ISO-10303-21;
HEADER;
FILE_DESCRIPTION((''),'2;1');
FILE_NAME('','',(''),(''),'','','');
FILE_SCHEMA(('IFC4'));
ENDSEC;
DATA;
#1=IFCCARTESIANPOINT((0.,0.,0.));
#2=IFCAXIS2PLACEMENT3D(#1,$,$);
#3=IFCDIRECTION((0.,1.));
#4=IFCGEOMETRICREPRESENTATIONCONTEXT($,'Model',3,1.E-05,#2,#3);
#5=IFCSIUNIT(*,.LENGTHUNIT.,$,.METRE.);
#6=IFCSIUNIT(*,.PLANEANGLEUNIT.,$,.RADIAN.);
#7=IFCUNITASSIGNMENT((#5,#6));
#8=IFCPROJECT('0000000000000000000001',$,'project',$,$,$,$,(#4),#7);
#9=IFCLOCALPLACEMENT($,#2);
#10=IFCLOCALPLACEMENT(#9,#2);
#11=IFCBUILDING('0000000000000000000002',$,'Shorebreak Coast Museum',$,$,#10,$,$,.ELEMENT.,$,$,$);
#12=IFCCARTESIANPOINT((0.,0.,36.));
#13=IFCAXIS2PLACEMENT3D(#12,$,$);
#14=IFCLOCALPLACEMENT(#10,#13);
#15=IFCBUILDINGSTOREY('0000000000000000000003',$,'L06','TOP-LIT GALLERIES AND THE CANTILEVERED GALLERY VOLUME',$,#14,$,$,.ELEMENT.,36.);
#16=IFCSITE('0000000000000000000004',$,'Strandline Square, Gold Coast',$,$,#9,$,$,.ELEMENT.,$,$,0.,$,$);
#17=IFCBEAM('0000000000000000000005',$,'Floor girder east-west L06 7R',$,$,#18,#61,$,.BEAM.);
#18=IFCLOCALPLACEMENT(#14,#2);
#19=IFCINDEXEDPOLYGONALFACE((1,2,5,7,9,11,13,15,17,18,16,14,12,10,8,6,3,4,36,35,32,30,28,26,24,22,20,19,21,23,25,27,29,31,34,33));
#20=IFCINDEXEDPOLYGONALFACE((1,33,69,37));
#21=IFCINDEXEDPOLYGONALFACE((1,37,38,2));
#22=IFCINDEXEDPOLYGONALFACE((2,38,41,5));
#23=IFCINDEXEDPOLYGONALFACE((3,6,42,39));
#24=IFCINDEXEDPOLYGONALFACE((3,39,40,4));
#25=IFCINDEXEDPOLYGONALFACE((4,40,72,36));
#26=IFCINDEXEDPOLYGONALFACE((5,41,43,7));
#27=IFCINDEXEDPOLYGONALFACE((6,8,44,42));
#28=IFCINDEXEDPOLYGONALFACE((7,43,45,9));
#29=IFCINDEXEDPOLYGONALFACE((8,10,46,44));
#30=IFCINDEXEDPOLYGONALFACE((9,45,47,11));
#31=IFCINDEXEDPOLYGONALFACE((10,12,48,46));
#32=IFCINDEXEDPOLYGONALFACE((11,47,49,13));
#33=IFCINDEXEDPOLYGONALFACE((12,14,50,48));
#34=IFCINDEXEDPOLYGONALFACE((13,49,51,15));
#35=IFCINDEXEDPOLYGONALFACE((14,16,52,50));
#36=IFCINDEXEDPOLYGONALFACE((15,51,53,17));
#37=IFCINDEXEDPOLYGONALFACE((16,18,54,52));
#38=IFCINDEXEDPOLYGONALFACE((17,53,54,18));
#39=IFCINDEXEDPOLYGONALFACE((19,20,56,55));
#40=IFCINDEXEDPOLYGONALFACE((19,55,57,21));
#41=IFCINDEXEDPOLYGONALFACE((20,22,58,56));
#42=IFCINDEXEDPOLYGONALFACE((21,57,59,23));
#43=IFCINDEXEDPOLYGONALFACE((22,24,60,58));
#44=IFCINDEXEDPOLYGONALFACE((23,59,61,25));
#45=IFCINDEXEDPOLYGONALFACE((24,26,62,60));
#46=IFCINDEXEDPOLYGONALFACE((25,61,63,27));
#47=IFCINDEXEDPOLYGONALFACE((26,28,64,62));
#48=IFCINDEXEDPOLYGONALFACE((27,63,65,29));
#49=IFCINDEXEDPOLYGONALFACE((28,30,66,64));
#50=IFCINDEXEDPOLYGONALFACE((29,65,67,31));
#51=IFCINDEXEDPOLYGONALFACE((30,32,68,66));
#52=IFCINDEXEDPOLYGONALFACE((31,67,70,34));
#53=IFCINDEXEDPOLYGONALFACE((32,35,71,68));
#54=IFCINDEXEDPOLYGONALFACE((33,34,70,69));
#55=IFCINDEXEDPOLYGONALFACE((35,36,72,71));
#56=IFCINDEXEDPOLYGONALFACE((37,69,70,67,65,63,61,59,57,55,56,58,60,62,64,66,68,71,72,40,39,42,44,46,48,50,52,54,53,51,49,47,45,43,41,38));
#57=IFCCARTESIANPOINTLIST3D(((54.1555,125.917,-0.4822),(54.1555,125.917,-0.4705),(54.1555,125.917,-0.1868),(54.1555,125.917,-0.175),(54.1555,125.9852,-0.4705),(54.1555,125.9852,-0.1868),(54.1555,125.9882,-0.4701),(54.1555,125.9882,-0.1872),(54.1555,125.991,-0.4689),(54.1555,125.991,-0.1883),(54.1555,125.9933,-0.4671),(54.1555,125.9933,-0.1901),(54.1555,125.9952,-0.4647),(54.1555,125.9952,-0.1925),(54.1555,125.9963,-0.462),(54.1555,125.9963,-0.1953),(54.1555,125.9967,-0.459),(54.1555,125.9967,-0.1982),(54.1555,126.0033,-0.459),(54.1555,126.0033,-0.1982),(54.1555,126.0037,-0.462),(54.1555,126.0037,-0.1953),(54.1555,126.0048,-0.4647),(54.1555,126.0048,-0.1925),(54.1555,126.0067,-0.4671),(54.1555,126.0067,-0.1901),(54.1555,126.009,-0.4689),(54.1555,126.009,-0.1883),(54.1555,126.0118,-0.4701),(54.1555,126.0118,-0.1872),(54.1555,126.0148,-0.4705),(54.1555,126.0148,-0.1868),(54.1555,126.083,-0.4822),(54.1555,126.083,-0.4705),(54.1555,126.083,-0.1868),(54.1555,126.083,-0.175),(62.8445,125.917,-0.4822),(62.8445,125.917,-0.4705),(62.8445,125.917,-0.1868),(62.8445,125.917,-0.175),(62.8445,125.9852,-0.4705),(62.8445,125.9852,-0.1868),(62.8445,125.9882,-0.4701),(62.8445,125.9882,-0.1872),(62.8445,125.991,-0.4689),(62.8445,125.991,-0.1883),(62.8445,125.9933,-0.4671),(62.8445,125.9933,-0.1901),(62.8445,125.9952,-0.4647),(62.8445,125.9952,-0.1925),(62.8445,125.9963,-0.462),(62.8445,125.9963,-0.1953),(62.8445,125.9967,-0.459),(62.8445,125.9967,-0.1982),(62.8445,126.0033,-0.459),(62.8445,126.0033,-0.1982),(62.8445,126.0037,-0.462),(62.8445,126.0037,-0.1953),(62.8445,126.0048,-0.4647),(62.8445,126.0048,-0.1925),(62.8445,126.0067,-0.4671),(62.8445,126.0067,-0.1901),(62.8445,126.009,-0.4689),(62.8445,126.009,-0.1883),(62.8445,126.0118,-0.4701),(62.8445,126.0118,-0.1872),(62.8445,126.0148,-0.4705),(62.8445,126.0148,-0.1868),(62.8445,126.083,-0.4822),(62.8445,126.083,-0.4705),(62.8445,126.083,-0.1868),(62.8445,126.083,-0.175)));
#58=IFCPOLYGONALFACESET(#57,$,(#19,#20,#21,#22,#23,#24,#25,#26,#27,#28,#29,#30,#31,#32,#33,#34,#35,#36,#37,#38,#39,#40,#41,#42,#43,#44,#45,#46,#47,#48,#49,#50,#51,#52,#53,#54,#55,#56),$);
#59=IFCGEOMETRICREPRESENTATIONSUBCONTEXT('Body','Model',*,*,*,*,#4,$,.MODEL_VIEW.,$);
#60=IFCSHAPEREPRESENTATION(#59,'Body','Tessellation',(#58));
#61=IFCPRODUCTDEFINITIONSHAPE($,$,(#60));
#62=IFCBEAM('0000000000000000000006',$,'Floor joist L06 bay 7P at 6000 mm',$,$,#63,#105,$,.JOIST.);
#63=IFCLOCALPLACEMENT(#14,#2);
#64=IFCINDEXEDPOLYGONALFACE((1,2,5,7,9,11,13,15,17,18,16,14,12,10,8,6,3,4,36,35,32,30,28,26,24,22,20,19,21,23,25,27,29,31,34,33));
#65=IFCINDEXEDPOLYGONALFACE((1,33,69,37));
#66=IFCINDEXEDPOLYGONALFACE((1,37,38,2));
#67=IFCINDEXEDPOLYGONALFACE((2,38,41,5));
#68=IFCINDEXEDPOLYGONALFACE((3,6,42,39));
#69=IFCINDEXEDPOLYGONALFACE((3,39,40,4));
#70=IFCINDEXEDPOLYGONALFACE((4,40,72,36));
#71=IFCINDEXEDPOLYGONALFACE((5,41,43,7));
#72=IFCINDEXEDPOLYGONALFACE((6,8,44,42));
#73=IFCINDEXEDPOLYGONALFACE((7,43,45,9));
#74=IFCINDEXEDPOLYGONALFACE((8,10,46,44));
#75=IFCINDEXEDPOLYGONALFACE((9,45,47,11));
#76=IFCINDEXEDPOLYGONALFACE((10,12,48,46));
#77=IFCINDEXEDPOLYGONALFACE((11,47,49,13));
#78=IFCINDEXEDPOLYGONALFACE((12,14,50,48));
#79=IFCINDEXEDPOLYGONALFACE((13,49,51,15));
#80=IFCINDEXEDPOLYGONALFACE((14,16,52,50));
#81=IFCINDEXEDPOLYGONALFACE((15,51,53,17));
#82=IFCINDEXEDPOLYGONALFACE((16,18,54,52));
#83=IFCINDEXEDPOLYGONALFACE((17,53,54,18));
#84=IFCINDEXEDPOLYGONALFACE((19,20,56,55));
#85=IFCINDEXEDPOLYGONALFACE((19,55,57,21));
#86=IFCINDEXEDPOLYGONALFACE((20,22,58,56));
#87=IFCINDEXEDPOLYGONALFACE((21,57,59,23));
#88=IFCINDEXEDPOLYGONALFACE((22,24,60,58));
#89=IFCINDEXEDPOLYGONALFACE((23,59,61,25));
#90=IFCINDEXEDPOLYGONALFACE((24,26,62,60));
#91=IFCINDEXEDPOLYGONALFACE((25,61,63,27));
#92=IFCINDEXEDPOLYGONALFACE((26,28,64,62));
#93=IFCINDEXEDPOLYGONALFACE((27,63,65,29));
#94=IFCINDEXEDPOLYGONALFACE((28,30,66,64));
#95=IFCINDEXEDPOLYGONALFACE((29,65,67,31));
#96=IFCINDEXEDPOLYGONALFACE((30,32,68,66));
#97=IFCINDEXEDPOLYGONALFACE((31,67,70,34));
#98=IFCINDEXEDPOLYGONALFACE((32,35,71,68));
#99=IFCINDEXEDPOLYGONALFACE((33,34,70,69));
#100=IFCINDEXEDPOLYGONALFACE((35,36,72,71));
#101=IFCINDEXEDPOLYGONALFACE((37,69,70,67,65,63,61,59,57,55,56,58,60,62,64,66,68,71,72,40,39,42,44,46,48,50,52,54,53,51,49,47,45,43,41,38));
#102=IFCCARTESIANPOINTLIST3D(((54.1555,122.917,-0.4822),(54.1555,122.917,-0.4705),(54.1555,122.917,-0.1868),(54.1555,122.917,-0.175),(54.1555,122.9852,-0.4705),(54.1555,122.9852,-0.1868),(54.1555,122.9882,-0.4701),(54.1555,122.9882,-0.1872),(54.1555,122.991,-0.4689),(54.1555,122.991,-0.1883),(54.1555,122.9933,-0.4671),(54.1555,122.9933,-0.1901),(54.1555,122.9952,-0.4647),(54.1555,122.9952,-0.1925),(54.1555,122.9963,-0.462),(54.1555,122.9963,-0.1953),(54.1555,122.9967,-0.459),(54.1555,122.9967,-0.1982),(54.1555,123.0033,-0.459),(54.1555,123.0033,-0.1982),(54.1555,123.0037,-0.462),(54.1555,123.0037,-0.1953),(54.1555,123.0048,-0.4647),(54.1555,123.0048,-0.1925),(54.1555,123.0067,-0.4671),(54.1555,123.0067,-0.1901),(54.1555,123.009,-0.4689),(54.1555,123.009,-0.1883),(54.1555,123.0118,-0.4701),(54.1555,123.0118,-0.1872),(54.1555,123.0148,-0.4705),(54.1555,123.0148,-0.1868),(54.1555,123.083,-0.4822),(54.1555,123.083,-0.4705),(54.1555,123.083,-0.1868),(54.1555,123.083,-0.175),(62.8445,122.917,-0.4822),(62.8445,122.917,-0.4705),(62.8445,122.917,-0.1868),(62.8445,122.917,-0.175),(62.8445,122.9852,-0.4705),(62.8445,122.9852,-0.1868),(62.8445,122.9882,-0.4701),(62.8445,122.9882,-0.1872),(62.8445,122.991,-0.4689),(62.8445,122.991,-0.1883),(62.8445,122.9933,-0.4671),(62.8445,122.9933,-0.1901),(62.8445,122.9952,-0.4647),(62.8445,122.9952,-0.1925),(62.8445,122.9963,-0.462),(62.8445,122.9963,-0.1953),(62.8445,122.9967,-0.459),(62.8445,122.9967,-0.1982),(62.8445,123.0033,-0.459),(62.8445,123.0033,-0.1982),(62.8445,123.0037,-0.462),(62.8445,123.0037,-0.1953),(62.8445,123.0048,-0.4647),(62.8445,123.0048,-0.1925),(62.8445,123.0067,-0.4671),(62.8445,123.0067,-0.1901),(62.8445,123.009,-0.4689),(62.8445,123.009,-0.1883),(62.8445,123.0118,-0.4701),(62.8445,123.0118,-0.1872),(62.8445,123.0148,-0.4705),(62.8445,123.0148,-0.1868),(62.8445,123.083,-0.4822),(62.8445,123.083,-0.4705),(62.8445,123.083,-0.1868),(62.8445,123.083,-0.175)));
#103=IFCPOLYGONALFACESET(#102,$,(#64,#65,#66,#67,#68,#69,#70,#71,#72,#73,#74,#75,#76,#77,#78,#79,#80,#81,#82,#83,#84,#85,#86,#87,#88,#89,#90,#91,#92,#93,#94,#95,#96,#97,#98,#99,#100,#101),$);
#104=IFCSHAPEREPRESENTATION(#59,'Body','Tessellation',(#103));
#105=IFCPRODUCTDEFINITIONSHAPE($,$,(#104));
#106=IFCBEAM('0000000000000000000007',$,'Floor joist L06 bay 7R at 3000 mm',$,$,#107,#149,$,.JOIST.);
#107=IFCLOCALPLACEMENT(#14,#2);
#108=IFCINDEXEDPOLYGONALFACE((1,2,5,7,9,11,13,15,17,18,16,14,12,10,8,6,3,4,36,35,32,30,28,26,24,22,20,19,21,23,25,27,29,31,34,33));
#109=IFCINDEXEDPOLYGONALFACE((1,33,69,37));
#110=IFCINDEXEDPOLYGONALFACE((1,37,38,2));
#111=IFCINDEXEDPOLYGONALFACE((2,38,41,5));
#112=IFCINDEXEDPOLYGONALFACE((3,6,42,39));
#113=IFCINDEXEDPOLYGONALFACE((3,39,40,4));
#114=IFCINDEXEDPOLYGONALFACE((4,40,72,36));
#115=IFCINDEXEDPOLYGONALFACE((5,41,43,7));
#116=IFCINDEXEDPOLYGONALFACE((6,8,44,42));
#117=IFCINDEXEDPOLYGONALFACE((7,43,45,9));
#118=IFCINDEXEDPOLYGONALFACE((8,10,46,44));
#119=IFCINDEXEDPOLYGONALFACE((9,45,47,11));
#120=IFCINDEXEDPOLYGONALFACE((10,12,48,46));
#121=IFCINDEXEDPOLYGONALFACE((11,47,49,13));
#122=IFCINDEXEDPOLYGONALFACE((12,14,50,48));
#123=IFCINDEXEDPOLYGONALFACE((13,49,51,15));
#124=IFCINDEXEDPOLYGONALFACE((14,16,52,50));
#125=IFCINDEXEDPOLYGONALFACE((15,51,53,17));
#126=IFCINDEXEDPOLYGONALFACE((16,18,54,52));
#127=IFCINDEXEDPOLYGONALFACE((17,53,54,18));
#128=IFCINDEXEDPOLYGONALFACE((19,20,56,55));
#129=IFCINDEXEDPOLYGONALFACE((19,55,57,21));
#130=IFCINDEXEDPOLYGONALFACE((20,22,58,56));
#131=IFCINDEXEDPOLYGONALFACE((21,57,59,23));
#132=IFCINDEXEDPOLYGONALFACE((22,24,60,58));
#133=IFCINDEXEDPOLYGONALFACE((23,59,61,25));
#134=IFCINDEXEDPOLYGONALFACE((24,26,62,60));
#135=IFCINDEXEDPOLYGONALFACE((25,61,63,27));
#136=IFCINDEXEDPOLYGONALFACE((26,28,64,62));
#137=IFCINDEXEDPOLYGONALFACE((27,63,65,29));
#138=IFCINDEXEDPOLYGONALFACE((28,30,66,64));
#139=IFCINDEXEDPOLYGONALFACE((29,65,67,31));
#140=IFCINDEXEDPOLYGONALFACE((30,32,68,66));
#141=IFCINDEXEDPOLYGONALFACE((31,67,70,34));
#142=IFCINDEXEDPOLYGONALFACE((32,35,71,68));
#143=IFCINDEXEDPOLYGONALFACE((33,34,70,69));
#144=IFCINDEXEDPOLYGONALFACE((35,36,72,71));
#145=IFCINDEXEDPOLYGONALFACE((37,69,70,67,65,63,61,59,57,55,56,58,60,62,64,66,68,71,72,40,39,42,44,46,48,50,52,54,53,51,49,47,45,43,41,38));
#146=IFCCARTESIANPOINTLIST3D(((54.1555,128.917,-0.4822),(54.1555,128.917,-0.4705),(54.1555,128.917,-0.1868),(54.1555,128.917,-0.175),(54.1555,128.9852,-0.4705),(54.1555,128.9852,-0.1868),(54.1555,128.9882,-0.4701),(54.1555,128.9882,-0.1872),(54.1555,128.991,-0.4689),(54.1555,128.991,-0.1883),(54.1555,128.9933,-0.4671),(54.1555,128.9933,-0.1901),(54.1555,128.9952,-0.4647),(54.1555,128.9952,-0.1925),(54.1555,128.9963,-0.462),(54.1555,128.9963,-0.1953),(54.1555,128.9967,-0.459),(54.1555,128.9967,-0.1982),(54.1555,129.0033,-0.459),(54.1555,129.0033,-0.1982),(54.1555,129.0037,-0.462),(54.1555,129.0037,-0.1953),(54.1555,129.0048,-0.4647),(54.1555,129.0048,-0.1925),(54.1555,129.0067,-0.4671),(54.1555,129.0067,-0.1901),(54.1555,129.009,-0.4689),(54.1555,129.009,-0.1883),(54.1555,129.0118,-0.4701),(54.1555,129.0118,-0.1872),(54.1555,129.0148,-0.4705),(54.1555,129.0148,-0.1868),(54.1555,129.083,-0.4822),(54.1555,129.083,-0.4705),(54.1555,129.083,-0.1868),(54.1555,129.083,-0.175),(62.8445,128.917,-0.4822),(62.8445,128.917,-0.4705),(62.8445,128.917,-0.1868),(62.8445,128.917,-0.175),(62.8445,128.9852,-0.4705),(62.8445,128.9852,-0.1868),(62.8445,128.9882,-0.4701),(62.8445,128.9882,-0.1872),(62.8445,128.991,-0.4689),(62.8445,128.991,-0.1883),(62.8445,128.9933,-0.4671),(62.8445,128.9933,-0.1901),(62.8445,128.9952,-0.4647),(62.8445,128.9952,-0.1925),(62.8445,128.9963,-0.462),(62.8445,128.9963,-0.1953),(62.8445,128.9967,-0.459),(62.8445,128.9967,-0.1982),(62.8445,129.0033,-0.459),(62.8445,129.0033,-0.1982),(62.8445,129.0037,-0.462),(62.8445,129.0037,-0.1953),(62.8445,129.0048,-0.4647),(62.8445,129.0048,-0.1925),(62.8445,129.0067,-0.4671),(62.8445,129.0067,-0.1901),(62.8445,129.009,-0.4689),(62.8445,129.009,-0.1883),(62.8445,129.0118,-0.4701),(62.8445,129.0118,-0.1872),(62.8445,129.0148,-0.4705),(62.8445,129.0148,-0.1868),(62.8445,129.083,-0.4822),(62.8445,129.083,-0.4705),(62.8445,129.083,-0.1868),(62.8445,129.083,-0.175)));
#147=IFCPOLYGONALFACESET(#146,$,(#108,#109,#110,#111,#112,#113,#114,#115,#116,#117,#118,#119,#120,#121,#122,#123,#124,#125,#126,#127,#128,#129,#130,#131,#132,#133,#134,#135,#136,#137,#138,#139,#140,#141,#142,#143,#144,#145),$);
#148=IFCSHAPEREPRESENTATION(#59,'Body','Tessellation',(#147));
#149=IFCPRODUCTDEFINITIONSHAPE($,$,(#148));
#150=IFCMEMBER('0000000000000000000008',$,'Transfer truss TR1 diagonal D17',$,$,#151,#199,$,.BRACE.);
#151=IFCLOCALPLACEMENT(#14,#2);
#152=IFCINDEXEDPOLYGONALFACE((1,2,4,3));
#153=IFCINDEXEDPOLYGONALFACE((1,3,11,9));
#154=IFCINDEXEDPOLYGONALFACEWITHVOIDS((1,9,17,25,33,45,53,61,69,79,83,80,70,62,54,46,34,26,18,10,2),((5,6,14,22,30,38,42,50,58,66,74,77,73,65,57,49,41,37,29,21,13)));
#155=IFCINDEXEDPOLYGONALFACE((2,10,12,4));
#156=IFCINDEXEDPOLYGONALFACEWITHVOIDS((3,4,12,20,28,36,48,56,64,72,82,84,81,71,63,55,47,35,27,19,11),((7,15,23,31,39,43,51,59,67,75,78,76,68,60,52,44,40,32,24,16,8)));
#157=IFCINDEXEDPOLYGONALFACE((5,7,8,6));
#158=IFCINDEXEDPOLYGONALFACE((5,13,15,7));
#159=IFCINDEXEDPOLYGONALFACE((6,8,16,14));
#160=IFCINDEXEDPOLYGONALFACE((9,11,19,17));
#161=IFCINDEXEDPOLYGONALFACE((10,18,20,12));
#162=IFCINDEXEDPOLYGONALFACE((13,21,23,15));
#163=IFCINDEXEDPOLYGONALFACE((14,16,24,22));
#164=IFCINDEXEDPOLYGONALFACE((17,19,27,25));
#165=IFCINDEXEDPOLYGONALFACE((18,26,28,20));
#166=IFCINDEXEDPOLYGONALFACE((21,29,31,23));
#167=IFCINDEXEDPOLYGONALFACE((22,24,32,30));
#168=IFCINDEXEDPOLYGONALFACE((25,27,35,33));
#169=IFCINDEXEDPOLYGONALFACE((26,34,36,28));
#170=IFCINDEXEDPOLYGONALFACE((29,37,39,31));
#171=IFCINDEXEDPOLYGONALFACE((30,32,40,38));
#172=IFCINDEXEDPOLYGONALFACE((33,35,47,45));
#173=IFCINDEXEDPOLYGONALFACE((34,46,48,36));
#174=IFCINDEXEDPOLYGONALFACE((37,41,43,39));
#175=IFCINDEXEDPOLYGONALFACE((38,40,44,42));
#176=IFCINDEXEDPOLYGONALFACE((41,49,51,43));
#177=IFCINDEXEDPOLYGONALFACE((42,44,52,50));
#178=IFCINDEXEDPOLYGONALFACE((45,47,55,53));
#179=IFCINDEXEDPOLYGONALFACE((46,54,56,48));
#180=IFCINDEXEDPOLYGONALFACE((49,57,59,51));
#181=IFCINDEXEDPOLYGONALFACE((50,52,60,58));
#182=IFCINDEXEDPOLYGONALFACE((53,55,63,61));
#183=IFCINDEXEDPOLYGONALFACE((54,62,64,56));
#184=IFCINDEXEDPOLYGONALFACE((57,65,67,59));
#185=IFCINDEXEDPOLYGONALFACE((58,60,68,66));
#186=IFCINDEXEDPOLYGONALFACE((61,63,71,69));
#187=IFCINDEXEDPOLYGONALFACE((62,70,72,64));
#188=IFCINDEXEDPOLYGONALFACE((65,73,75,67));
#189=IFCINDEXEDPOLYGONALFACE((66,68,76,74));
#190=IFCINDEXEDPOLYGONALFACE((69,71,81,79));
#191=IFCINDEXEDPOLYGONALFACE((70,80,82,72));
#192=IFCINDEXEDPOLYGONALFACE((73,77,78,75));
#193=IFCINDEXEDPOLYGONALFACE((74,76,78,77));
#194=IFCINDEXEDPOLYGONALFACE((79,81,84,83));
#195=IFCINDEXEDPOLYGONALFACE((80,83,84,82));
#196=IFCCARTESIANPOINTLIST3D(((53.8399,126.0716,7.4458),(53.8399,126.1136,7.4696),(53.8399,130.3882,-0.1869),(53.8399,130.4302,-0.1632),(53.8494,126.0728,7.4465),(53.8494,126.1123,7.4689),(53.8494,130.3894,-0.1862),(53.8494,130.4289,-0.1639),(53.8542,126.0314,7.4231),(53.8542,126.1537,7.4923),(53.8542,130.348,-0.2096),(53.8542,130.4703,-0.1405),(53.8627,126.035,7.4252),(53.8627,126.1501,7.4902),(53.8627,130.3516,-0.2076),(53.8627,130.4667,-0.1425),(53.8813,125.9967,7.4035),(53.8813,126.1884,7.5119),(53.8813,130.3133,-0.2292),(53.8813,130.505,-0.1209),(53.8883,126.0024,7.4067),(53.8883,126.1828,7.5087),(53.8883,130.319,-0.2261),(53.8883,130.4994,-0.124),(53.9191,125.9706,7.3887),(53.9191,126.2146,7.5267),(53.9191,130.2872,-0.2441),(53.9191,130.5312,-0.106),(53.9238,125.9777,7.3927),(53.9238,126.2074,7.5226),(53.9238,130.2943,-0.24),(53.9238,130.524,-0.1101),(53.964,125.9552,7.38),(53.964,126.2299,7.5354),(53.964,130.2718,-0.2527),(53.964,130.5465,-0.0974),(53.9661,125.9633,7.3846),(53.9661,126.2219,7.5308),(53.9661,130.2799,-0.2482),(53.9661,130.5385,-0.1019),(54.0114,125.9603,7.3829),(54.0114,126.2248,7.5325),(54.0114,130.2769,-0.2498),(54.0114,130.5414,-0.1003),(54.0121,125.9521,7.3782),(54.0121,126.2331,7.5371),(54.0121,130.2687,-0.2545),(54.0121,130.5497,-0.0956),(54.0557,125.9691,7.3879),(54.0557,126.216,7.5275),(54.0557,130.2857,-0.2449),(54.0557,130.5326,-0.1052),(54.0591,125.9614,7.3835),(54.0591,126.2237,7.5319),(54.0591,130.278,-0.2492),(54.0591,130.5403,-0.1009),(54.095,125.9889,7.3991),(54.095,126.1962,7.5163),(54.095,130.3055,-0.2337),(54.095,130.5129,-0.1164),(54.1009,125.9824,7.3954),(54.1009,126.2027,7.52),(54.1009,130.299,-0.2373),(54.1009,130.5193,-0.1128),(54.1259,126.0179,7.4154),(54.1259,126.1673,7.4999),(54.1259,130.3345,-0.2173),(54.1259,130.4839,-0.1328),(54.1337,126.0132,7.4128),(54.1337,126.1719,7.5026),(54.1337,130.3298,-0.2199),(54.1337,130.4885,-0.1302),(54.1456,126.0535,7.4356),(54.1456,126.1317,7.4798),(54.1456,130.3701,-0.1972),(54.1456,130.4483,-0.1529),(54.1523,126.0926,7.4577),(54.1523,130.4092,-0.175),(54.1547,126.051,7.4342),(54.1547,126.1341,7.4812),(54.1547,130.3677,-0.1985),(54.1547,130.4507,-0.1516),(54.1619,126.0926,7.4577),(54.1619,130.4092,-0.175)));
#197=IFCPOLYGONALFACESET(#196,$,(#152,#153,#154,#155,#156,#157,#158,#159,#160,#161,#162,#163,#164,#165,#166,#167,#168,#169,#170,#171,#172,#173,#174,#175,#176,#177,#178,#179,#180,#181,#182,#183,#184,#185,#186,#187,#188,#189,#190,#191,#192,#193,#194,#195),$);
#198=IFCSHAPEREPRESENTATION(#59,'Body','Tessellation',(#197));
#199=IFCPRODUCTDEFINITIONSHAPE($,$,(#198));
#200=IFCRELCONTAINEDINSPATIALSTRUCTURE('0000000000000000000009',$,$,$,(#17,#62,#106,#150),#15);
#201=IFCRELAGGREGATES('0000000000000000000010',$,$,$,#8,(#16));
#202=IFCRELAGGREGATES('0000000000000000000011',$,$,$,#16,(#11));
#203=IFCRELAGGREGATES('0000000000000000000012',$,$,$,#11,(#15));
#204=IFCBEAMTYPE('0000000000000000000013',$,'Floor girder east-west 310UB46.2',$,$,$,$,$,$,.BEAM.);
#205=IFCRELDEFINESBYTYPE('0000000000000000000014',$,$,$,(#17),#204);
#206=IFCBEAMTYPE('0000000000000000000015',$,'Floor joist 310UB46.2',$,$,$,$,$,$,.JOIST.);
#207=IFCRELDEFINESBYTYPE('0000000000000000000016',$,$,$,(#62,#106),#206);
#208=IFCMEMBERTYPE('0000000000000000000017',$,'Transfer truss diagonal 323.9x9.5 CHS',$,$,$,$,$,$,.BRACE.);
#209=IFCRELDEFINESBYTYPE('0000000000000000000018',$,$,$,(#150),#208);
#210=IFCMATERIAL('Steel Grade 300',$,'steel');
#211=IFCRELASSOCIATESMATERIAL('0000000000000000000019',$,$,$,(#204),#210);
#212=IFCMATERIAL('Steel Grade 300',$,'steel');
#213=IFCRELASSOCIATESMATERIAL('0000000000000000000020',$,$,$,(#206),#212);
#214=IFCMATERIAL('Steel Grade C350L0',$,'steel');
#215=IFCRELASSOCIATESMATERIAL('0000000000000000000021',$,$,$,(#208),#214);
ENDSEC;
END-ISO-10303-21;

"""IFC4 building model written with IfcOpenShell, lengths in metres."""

from ifc_helpers import new_model, si_unit, direction, frame, origin, origin_2d, place, context, subcontext, project, spatial, hollow_circle, i_section, extrude, material, material_profile, profile_set, type_object, element, save


model = new_model("IFC4")

# Units and contexts
model_context = context("Model", 3, precision=1e-05, world=origin(), true_north=direction((0.0, 1.0)))
body_context = subcontext(model_context, "Body", "Model", "MODEL_VIEW")
ifc_project = project(units=[si_unit("LENGTHUNIT", "METRE"), si_unit("PLANEANGLEUNIT", "RADIAN")], contexts=[model_context])

# Site, building, storey
site_placement = place(None, origin())
site = spatial("IfcSite", under=ifc_project, at=site_placement, Name="Strandline Square, Gold Coast", CompositionType="ELEMENT", RefElevation=0.0)
building_placement = place(site_placement, origin())
building = spatial("IfcBuilding", under=site, at=building_placement, Name="Shorebreak Coast Museum", CompositionType="ELEMENT")
storey_placement = place(building_placement, frame((0.0, 0.0, 36.0)))
storey = spatial("IfcBuildingStorey", under=building, at=storey_placement, Name="L06", Description="TOP-LIT GALLERIES AND THE CANTILEVERED GALLERY VOLUME", CompositionType="ELEMENT", Elevation=36.0)

# Beams
ifc_material_1 = material(Name="Steel Grade 300", Category="steel")
ifc_material_profile_1 = material_profile(ifc_material_1, i_section(OverallWidth=0.166, OverallDepth=0.3071, WebThickness=0.0066, FlangeThickness=0.0117, FilletRadius=0.0115, at=origin_2d()), Name="310UB46.2")
ifc_profile_set_1 = profile_set([ifc_material_profile_1], Name="Steel Grade 300")
beam_type_1 = type_object("IfcBeamType", Name="Floor girder east-west 310UB46.2", PredefinedType="BEAM", material=ifc_profile_set_1)
beam_placement = place(storey_placement, frame((54.1555, 126.0, -0.3286), z_axis=(1.0, 0.0, 0.0), x_axis=(0.0, 1.0, 0.0)))
element("IfcBeam", 1, at=beam_placement, inside=storey, type_object=beam_type_1, Name="Floor girder east-west L06 7R", PredefinedType="BEAM", context=body_context, shape_type="SweptSolid", body=[
    extrude(i_section(OverallWidth=0.166, OverallDepth=0.3071, WebThickness=0.0066, FlangeThickness=0.0117, FilletRadius=0.0115, at=origin_2d()), origin(), (0.0, 0.0, 1.0), 8.689),
])
ifc_material_2 = material(Name="Steel Grade 300", Category="steel")
ifc_material_profile_2 = material_profile(ifc_material_2, i_section(OverallWidth=0.166, OverallDepth=0.3071, WebThickness=0.0066, FlangeThickness=0.0117, FilletRadius=0.0115, at=origin_2d()), Name="310UB46.2")
ifc_profile_set_2 = profile_set([ifc_material_profile_2], Name="Steel Grade 300")
beam_type_2 = type_object("IfcBeamType", Name="Floor joist 310UB46.2", PredefinedType="JOIST", material=ifc_profile_set_2)
for number, where, z_axis, x_axis, name in (
    (2, (54.1555, 123.0, -0.3286), (1.0, 0.0, 0.0), (0.0, 1.0, 0.0), "Floor joist L06 bay 7P at 6000 mm"),
    (3, (54.1555, 129.0, -0.3286), (1.0, 0.0, 0.0), (0.0, 1.0, 0.0), "Floor joist L06 bay 7R at 3000 mm"),
):
    element("IfcBeam", number, at=place(storey_placement, frame(where, z_axis=z_axis, x_axis=x_axis)), inside=storey, type_object=beam_type_2, Name=name, PredefinedType="JOIST", context=body_context, shape_type="SweptSolid", body=[
        extrude(i_section(OverallWidth=0.166, OverallDepth=0.3071, WebThickness=0.0066, FlangeThickness=0.0117, FilletRadius=0.0115, at=origin_2d()), origin(), (0.0, 0.0, 1.0), 8.689),
    ])

# Member
ifc_material_3 = material(Name="Steel Grade C350L0", Category="steel")
ifc_material_profile_3 = material_profile(ifc_material_3, hollow_circle(Radius=0.1619, WallThickness=0.0095, at=origin_2d()), Name="323.9x9.5 CHS")
ifc_profile_set_3 = profile_set([ifc_material_profile_3], Name="Steel Grade C350L0")
member_type_1 = type_object("IfcMemberType", Name="Transfer truss diagonal 323.9x9.5 CHS", PredefinedType="BRACE", material=ifc_profile_set_3)
member_1_placement = place(storey_placement, frame((54.0, 130.4092, -0.175), z_axis=(0.0, -0.492269, 0.870443), x_axis=(1.0, 0.0, 0.0)))
element("IfcMember", 4, at=member_1_placement, inside=storey, type_object=member_type_1, Name="Transfer truss TR1 diagonal D17", PredefinedType="BRACE", context=body_context, shape_type="SweptSolid", body=[
    extrude(hollow_circle(Radius=0.1619, WallThickness=0.0095, at=origin_2d()), origin(), (0.0, 0.0, 1.0), 8.7688),
])

save(model, "model.ifc")
